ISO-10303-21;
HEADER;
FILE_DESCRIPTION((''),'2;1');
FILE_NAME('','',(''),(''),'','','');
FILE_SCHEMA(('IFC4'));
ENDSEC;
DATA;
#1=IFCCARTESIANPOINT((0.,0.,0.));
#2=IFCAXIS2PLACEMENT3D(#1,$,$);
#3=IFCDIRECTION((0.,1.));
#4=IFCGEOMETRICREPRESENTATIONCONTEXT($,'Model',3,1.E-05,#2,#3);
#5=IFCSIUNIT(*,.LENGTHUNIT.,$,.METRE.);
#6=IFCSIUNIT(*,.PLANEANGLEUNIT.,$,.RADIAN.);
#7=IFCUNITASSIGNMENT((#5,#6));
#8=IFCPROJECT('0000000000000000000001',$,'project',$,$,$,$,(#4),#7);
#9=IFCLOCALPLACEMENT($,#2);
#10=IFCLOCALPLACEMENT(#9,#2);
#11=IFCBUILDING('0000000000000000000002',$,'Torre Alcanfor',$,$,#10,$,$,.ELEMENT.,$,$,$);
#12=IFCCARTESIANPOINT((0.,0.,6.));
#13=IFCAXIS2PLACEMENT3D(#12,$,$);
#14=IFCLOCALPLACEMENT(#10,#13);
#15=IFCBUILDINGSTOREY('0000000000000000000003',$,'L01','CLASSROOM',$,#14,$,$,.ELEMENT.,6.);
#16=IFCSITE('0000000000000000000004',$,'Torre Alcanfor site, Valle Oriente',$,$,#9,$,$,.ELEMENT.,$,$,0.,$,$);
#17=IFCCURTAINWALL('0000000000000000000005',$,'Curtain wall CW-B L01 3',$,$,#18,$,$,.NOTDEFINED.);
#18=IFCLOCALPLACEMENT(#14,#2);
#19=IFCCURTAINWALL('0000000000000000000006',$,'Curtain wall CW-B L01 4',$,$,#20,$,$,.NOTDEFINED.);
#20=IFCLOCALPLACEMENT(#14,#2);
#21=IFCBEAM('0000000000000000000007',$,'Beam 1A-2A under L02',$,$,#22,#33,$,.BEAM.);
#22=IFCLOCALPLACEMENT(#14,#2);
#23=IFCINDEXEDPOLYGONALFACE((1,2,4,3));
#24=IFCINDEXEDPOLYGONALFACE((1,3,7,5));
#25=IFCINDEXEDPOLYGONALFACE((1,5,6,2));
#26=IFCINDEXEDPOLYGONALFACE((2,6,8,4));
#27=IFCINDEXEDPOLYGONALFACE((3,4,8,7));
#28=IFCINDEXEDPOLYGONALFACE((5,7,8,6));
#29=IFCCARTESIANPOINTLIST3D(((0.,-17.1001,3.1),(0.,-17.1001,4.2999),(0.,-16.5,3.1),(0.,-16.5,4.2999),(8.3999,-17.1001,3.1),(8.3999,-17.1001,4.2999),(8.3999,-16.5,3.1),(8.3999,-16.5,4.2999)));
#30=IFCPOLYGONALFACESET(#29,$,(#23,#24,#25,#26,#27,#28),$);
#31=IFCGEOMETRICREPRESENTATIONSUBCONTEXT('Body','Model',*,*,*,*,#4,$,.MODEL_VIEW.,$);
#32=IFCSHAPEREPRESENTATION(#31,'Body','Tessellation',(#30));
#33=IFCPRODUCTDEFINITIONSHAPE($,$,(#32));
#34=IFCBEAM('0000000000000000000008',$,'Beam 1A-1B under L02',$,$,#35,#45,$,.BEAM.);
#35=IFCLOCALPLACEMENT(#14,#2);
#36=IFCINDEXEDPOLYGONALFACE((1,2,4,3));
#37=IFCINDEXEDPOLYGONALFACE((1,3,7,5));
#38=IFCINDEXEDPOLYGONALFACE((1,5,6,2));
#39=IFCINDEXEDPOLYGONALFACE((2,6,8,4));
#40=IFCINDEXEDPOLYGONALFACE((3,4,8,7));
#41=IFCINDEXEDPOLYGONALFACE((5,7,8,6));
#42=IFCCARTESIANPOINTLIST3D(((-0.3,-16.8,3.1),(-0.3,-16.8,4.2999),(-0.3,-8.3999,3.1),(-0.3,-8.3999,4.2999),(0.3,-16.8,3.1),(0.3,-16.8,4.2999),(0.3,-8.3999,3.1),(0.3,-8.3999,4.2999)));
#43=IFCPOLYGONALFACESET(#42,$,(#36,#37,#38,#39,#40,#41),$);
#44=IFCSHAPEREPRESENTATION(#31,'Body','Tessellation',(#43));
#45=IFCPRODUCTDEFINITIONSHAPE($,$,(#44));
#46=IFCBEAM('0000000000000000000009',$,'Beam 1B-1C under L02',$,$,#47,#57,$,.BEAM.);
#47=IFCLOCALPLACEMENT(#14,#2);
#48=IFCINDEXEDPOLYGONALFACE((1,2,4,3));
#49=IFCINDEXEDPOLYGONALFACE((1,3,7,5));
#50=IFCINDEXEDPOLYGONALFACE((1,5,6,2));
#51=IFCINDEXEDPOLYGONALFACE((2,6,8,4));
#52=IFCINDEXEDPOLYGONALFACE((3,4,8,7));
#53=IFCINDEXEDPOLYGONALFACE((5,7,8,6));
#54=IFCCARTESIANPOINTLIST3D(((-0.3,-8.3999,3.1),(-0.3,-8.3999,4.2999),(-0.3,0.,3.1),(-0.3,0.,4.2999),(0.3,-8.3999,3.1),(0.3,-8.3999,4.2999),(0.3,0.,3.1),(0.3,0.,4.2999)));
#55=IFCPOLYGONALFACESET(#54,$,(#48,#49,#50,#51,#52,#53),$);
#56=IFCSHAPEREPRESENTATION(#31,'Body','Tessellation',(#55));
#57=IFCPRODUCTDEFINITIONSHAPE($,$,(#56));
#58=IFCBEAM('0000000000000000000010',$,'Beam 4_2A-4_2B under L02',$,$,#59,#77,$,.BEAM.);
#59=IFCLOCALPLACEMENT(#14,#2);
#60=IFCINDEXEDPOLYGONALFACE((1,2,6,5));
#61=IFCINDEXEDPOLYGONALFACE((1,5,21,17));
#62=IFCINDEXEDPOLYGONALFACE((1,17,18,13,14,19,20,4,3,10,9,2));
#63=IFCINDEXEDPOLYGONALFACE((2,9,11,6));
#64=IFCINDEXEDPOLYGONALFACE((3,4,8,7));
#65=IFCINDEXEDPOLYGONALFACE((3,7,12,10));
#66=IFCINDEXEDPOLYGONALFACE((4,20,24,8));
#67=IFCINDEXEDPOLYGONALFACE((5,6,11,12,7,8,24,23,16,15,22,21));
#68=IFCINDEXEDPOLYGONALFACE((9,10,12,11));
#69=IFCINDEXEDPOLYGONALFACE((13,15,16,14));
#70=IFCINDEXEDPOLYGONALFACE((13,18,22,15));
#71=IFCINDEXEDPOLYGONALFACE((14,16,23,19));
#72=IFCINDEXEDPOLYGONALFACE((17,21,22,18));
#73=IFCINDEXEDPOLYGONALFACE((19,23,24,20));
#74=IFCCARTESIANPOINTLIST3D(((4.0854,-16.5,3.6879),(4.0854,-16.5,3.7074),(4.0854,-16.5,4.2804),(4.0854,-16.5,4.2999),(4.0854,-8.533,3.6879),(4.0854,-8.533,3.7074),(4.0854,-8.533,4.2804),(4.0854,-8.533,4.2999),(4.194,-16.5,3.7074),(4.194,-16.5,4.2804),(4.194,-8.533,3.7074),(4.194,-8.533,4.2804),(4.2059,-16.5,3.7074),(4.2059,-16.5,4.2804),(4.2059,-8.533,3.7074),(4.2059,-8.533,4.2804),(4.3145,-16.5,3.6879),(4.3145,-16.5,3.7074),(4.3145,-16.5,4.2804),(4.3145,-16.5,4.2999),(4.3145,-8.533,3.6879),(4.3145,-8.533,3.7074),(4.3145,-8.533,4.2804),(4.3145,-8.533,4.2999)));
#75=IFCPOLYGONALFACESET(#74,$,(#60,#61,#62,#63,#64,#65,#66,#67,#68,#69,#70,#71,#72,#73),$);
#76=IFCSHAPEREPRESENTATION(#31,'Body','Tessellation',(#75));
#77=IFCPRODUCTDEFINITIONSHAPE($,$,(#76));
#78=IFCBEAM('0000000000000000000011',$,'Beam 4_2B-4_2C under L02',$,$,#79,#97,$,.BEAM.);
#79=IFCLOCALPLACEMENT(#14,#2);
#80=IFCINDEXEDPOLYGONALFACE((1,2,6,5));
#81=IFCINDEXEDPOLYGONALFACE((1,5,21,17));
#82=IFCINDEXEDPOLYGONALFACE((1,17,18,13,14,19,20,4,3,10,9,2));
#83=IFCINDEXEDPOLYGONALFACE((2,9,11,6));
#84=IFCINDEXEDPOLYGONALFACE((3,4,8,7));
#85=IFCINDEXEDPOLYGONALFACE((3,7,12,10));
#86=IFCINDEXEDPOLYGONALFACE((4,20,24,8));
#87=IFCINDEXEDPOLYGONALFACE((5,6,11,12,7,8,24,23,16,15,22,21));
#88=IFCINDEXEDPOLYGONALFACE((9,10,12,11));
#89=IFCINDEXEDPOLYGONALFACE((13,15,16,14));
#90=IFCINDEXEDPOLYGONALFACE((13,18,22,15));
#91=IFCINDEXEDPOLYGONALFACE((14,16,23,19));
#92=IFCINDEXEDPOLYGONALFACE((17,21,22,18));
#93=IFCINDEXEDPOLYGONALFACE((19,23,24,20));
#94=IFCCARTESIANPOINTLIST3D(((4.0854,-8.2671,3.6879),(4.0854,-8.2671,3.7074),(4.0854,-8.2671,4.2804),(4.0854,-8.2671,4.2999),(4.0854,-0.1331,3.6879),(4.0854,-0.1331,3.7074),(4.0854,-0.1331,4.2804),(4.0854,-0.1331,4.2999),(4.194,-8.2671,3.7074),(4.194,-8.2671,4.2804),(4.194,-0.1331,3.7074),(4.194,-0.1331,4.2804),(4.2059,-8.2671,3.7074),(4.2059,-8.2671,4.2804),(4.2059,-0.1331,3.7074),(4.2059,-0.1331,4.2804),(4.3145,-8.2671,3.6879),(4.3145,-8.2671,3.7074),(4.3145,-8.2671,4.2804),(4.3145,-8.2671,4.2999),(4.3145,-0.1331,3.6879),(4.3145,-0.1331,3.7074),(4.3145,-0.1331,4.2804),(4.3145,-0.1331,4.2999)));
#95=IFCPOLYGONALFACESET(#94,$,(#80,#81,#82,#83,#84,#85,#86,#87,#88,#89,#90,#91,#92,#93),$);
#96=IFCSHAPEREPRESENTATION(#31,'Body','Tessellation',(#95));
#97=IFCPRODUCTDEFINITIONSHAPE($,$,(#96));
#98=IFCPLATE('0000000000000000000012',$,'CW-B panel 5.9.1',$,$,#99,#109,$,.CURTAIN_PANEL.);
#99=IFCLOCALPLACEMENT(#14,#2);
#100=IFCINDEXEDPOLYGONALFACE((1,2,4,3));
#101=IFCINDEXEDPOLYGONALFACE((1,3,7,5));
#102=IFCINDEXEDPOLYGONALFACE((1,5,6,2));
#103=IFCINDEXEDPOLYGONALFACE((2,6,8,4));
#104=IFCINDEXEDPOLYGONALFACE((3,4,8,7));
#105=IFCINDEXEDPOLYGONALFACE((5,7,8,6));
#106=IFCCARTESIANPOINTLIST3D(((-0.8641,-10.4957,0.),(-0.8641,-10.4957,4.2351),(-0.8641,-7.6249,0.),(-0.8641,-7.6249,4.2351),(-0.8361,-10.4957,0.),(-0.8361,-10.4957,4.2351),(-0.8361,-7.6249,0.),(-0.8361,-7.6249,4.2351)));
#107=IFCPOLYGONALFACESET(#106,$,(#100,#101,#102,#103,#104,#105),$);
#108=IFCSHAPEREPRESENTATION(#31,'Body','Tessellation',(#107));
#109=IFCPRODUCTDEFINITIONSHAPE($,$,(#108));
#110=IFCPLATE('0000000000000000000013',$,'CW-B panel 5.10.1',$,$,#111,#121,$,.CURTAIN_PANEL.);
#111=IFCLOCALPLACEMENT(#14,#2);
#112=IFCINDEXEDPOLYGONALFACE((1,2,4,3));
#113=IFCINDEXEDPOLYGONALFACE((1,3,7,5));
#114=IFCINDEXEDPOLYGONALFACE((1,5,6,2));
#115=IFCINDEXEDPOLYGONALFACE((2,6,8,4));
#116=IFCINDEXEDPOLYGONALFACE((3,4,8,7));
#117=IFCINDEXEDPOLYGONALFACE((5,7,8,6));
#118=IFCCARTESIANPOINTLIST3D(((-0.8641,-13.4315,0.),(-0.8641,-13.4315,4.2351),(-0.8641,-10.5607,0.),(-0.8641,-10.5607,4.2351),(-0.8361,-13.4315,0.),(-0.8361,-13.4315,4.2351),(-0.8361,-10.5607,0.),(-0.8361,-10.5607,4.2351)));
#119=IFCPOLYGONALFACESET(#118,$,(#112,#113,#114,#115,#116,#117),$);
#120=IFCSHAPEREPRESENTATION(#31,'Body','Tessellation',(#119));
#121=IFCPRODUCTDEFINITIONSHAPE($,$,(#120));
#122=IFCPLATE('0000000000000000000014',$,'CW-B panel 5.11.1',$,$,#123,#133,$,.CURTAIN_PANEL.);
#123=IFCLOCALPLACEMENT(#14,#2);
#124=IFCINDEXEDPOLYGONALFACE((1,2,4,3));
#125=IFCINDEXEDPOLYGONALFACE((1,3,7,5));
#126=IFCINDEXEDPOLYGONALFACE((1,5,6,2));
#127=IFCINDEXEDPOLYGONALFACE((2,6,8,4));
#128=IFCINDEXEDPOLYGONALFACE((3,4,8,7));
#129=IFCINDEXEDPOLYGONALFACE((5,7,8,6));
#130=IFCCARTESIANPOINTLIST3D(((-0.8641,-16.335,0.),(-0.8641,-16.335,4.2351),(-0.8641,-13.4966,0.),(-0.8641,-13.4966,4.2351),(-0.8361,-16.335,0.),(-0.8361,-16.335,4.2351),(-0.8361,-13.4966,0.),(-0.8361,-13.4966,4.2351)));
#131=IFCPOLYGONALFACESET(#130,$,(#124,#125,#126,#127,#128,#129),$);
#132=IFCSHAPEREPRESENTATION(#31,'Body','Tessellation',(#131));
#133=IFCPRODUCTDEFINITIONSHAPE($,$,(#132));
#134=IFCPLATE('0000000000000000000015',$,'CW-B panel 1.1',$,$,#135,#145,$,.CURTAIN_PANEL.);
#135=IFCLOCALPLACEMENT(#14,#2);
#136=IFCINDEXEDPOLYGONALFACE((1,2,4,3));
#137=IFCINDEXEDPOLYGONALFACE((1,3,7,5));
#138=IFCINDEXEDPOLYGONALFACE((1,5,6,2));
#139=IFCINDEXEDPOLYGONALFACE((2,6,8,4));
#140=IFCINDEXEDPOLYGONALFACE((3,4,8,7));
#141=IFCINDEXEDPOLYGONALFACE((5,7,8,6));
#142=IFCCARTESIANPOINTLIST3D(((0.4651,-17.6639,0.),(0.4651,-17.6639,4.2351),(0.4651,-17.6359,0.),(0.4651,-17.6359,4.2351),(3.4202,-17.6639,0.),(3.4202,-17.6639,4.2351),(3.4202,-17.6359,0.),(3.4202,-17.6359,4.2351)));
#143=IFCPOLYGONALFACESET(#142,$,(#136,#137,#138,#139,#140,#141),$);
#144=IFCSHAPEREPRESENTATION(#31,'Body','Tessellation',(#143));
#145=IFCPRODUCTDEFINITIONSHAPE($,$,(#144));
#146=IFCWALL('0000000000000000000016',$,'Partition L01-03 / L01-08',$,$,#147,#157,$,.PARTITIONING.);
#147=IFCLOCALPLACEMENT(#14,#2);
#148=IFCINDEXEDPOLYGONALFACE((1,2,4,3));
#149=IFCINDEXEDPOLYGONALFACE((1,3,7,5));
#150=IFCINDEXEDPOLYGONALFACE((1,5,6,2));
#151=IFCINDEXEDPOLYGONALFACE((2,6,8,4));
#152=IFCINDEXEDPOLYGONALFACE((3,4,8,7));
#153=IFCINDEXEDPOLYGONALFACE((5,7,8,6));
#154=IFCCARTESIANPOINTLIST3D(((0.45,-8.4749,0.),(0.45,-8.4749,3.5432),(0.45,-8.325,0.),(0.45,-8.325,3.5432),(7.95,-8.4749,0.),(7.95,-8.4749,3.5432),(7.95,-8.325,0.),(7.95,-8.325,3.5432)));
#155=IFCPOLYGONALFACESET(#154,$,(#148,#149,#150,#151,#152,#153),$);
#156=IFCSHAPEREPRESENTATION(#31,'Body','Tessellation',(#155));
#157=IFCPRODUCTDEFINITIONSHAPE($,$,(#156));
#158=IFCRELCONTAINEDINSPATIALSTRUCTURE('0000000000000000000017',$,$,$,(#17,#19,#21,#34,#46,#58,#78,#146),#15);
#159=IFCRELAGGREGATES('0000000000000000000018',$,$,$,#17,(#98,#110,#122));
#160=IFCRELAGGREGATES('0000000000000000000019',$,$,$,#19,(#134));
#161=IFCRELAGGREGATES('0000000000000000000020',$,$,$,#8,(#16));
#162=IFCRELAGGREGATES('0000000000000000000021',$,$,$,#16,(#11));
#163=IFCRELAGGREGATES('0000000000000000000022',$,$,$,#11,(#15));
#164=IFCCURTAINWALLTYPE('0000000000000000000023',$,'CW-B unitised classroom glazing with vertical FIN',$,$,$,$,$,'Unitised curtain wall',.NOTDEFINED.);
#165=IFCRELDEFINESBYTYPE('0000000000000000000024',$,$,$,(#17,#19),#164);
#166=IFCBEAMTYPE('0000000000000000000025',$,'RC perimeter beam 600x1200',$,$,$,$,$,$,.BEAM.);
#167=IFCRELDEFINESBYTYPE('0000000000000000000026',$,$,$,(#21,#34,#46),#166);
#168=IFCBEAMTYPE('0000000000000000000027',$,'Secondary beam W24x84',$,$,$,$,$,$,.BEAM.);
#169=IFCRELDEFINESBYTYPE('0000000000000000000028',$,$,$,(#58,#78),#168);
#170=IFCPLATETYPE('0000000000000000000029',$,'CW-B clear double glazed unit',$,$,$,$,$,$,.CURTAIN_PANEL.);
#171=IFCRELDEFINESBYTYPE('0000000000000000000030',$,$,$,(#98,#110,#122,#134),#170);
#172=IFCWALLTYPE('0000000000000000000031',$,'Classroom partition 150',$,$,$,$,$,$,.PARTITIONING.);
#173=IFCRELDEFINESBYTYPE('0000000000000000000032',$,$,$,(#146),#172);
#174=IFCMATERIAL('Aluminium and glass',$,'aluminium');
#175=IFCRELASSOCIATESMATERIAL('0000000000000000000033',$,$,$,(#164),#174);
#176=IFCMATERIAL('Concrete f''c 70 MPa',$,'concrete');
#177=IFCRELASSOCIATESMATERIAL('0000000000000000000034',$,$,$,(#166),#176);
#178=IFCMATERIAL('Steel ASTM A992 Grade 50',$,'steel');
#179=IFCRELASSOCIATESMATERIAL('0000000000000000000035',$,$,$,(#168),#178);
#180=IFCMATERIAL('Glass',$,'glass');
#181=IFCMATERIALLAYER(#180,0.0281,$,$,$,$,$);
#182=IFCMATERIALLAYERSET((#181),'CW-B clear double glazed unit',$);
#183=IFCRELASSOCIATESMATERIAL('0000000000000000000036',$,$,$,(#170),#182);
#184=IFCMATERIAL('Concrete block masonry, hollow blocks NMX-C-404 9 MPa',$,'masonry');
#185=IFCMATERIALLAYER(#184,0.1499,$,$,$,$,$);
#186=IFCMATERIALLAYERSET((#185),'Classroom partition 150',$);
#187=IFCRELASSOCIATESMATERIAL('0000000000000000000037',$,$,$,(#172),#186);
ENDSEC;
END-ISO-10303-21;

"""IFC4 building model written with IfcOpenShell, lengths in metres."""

from ifc_helpers import new_model, si_unit, direction, frame, frame_2d, origin, origin_2d, place, context, subcontext, project, spatial, rectangle, i_section, extrude, material, layer, layer_set, material_profile, profile_set, type_object, element, aggregate, save


model = new_model("IFC4")

# Units and contexts
model_context = context("Model", 3, precision=1e-05, world=origin(), true_north=direction((0.0, 1.0)))
body_context = subcontext(model_context, "Body", "Model", "MODEL_VIEW")
ifc_project = project(units=[si_unit("LENGTHUNIT", "METRE"), si_unit("PLANEANGLEUNIT", "RADIAN")], contexts=[model_context])

# Site, building, storey
site_placement = place(None, origin())
site = spatial("IfcSite", under=ifc_project, at=site_placement, Name="Torre Alcanfor site, Valle Oriente", CompositionType="ELEMENT", RefElevation=0.0)
building_placement = place(site_placement, origin())
building = spatial("IfcBuilding", under=site, at=building_placement, Name="Torre Alcanfor", CompositionType="ELEMENT")
storey_placement = place(building_placement, frame((0.0, 0.0, 6.0)))
storey = spatial("IfcBuildingStorey", under=building, at=storey_placement, Name="L01", Description="CLASSROOM", CompositionType="ELEMENT", Elevation=6.0)

# Curtain walls
ifc_material_1 = material(Name="Aluminium and glass", Category="aluminium")
curtain_wall_type = type_object("IfcCurtainWallType", Name="CW-B unitised classroom glazing with vertical FIN", ElementType="Unitised curtain wall", PredefinedType="NOTDEFINED", material=ifc_material_1)
curtain_wall_1_placement = place(storey_placement, origin())
curtain_wall_1 = element("IfcCurtainWall", 1, at=curtain_wall_1_placement, inside=storey, type_object=curtain_wall_type, Name="Curtain wall CW-B L01 3", PredefinedType="NOTDEFINED")
curtain_wall_2_placement = place(storey_placement, origin())
curtain_wall_2 = element("IfcCurtainWall", 2, at=curtain_wall_2_placement, inside=storey, type_object=curtain_wall_type, Name="Curtain wall CW-B L01 4", PredefinedType="NOTDEFINED")

# Beams
ifc_material_2 = material(Name="Concrete f'c 70 MPa", Category="concrete")
ifc_material_profile_1 = material_profile(ifc_material_2, rectangle(XDim=0.6001, YDim=1.2, at=origin_2d()), Name="600x1200")
ifc_profile_set_1 = profile_set([ifc_material_profile_1], Name="Concrete f'c 70 MPa")
beam_type_1 = type_object("IfcBeamType", Name="RC perimeter beam 600x1200", PredefinedType="BEAM", material=ifc_profile_set_1)
beam_1_placement = place(storey_placement, frame((0.0, -16.8, 3.7), z_axis=(1.0, 0.0, 0.0), x_axis=(0.0, 1.0, 0.0)))
element("IfcBeam", 3, at=beam_1_placement, inside=storey, type_object=beam_type_1, Name="Beam 1A-2A under L02", PredefinedType="BEAM", context=body_context, shape_type="SweptSolid", body=[
    extrude(rectangle(XDim=0.6001, YDim=1.2, at=origin_2d()), origin(), (0.0, 0.0, 1.0), 8.3999),
])
beam_2_placement = place(storey_placement, frame((0.0, -16.8, 3.7), z_axis=(0.0, 1.0, 0.0), x_axis=(-1.0, 0.0, 0.0)))
element("IfcBeam", 4, at=beam_2_placement, inside=storey, type_object=beam_type_1, Name="Beam 1A-1B under L02", PredefinedType="BEAM", context=body_context, shape_type="SweptSolid", body=[
    extrude(rectangle(XDim=0.6001, YDim=1.2, at=origin_2d()), origin(), (0.0, 0.0, 1.0), 8.4001),
])
beam_3_placement = place(storey_placement, frame((0.0, -8.3999, 3.7), z_axis=(0.0, 1.0, 0.0), x_axis=(-1.0, 0.0, 0.0)))
element("IfcBeam", 5, at=beam_3_placement, inside=storey, type_object=beam_type_1, Name="Beam 1B-1C under L02", PredefinedType="BEAM", context=body_context, shape_type="SweptSolid", body=[
    extrude(rectangle(XDim=0.6001, YDim=1.2, at=origin_2d()), origin(), (0.0, 0.0, 1.0), 8.3999),
])
ifc_material_3 = material(Name="Steel ASTM A992 Grade 50", Category="steel")
ifc_material_profile_2 = material_profile(ifc_material_3, i_section(OverallWidth=0.229, OverallDepth=0.6121, WebThickness=0.012, FlangeThickness=0.0195, at=origin_2d()), Name="W24x84")
ifc_profile_set_2 = profile_set([ifc_material_profile_2], Name="Steel ASTM A992 Grade 50")
beam_type_2 = type_object("IfcBeamType", Name="Secondary beam W24x84", PredefinedType="BEAM", material=ifc_profile_set_2)
beam_4_placement = place(storey_placement, frame((4.2, -16.5, 3.9939), z_axis=(0.0, 1.0, 0.0), x_axis=(-1.0, 0.0, 0.0)))
element("IfcBeam", 6, at=beam_4_placement, inside=storey, type_object=beam_type_2, Name="Beam 4_2A-4_2B under L02", PredefinedType="BEAM", context=body_context, shape_type="SweptSolid", body=[
    extrude(i_section(OverallWidth=0.229, OverallDepth=0.6121, WebThickness=0.012, FlangeThickness=0.0195, at=origin_2d()), origin(), (0.0, 0.0, 1.0), 7.967),
])
beam_5_placement = place(storey_placement, frame((4.2, -8.2671, 3.9939), z_axis=(0.0, 1.0, 0.0), x_axis=(-1.0, 0.0, 0.0)))
element("IfcBeam", 7, at=beam_5_placement, inside=storey, type_object=beam_type_2, Name="Beam 4_2B-4_2C under L02", PredefinedType="BEAM", context=body_context, shape_type="SweptSolid", body=[
    extrude(i_section(OverallWidth=0.229, OverallDepth=0.6121, WebThickness=0.012, FlangeThickness=0.0195, at=origin_2d()), origin(), (0.0, 0.0, 1.0), 8.134),
])

# Plates
ifc_material_4 = material(Name="Glass", Category="glass")
ifc_layer_1 = layer(ifc_material_4, 0.0281)
ifc_layer_set_1 = layer_set([ifc_layer_1], Name="CW-B clear double glazed unit")
plate_type = type_object("IfcPlateType", Name="CW-B clear double glazed unit", PredefinedType="CURTAIN_PANEL", material=ifc_layer_set_1)
plate_1_placement = place(storey_placement, frame((-0.8501, -9.0603, 0.0), z_axis=(0.0, 0.0, 1.0), x_axis=(0.0, -1.0, 0.0)))
plate_1 = element("IfcPlate", 8, at=plate_1_placement, type_object=plate_type, Name="CW-B panel 5.9.1", PredefinedType="CURTAIN_PANEL", context=body_context, shape_type="SweptSolid", body=[
    extrude(rectangle(XDim=2.8708, YDim=0.0281, at=origin_2d()), origin(), (0.0, 0.0, 1.0), 4.2351),
])
plate_2_placement = place(storey_placement, frame((-0.8501, -11.9961, 0.0), z_axis=(0.0, 0.0, 1.0), x_axis=(0.0, -1.0, 0.0)))
plate_2 = element("IfcPlate", 9, at=plate_2_placement, type_object=plate_type, Name="CW-B panel 5.10.1", PredefinedType="CURTAIN_PANEL", context=body_context, shape_type="SweptSolid", body=[
    extrude(rectangle(XDim=2.8708, YDim=0.0281, at=origin_2d()), origin(), (0.0, 0.0, 1.0), 4.2351),
])
plate_3_placement = place(storey_placement, frame((-0.8501, -14.9158, 0.0), z_axis=(0.0, 0.0, 1.0), x_axis=(0.0, -1.0, 0.0)))
plate_3 = element("IfcPlate", 10, at=plate_3_placement, type_object=plate_type, Name="CW-B panel 5.11.1", PredefinedType="CURTAIN_PANEL", context=body_context, shape_type="SweptSolid", body=[
    extrude(rectangle(XDim=2.8384, YDim=0.0281, at=origin_2d()), origin(), (0.0, 0.0, 1.0), 4.2351),
])
aggregate(curtain_wall_1, [plate_1, plate_2, plate_3])
plate_4_placement = place(storey_placement, frame((1.9426, -17.6499, 0.0), z_axis=(0.0, 0.0, 1.0), x_axis=(1.0, 0.0, 0.0)))
plate_4 = element("IfcPlate", 11, at=plate_4_placement, type_object=plate_type, Name="CW-B panel 1.1", PredefinedType="CURTAIN_PANEL", context=body_context, shape_type="SweptSolid", body=[
    extrude(rectangle(XDim=2.9551, YDim=0.0281, at=origin_2d()), origin(), (0.0, 0.0, 1.0), 4.2351),
])
aggregate(curtain_wall_2, [plate_4])

# Wall
ifc_material_5 = material(Name="Concrete block masonry, hollow blocks NMX-C-404 9 MPa", Category="masonry")
ifc_layer_2 = layer(ifc_material_5, 0.1499)
ifc_layer_set_2 = layer_set([ifc_layer_2], Name="Classroom partition 150")
wall_type_1 = type_object("IfcWallType", Name="Classroom partition 150", PredefinedType="PARTITIONING", material=ifc_layer_set_2)
wall_1_placement = place(storey_placement, frame((0.45, -8.3999, 0.0), z_axis=(0.0, 0.0, 1.0), x_axis=(1.0, 0.0, 0.0)))
element("IfcWall", 12, at=wall_1_placement, inside=storey, type_object=wall_type_1, Name="Partition L01-03 / L01-08", PredefinedType="PARTITIONING", context=body_context, shape_type="SweptSolid", body=[
    extrude(rectangle(XDim=7.5, YDim=0.1499, at=frame_2d((3.75, 0.0))), origin(), (0.0, 0.0, 1.0), 3.5432),
])

save(model, "model.ifc")
